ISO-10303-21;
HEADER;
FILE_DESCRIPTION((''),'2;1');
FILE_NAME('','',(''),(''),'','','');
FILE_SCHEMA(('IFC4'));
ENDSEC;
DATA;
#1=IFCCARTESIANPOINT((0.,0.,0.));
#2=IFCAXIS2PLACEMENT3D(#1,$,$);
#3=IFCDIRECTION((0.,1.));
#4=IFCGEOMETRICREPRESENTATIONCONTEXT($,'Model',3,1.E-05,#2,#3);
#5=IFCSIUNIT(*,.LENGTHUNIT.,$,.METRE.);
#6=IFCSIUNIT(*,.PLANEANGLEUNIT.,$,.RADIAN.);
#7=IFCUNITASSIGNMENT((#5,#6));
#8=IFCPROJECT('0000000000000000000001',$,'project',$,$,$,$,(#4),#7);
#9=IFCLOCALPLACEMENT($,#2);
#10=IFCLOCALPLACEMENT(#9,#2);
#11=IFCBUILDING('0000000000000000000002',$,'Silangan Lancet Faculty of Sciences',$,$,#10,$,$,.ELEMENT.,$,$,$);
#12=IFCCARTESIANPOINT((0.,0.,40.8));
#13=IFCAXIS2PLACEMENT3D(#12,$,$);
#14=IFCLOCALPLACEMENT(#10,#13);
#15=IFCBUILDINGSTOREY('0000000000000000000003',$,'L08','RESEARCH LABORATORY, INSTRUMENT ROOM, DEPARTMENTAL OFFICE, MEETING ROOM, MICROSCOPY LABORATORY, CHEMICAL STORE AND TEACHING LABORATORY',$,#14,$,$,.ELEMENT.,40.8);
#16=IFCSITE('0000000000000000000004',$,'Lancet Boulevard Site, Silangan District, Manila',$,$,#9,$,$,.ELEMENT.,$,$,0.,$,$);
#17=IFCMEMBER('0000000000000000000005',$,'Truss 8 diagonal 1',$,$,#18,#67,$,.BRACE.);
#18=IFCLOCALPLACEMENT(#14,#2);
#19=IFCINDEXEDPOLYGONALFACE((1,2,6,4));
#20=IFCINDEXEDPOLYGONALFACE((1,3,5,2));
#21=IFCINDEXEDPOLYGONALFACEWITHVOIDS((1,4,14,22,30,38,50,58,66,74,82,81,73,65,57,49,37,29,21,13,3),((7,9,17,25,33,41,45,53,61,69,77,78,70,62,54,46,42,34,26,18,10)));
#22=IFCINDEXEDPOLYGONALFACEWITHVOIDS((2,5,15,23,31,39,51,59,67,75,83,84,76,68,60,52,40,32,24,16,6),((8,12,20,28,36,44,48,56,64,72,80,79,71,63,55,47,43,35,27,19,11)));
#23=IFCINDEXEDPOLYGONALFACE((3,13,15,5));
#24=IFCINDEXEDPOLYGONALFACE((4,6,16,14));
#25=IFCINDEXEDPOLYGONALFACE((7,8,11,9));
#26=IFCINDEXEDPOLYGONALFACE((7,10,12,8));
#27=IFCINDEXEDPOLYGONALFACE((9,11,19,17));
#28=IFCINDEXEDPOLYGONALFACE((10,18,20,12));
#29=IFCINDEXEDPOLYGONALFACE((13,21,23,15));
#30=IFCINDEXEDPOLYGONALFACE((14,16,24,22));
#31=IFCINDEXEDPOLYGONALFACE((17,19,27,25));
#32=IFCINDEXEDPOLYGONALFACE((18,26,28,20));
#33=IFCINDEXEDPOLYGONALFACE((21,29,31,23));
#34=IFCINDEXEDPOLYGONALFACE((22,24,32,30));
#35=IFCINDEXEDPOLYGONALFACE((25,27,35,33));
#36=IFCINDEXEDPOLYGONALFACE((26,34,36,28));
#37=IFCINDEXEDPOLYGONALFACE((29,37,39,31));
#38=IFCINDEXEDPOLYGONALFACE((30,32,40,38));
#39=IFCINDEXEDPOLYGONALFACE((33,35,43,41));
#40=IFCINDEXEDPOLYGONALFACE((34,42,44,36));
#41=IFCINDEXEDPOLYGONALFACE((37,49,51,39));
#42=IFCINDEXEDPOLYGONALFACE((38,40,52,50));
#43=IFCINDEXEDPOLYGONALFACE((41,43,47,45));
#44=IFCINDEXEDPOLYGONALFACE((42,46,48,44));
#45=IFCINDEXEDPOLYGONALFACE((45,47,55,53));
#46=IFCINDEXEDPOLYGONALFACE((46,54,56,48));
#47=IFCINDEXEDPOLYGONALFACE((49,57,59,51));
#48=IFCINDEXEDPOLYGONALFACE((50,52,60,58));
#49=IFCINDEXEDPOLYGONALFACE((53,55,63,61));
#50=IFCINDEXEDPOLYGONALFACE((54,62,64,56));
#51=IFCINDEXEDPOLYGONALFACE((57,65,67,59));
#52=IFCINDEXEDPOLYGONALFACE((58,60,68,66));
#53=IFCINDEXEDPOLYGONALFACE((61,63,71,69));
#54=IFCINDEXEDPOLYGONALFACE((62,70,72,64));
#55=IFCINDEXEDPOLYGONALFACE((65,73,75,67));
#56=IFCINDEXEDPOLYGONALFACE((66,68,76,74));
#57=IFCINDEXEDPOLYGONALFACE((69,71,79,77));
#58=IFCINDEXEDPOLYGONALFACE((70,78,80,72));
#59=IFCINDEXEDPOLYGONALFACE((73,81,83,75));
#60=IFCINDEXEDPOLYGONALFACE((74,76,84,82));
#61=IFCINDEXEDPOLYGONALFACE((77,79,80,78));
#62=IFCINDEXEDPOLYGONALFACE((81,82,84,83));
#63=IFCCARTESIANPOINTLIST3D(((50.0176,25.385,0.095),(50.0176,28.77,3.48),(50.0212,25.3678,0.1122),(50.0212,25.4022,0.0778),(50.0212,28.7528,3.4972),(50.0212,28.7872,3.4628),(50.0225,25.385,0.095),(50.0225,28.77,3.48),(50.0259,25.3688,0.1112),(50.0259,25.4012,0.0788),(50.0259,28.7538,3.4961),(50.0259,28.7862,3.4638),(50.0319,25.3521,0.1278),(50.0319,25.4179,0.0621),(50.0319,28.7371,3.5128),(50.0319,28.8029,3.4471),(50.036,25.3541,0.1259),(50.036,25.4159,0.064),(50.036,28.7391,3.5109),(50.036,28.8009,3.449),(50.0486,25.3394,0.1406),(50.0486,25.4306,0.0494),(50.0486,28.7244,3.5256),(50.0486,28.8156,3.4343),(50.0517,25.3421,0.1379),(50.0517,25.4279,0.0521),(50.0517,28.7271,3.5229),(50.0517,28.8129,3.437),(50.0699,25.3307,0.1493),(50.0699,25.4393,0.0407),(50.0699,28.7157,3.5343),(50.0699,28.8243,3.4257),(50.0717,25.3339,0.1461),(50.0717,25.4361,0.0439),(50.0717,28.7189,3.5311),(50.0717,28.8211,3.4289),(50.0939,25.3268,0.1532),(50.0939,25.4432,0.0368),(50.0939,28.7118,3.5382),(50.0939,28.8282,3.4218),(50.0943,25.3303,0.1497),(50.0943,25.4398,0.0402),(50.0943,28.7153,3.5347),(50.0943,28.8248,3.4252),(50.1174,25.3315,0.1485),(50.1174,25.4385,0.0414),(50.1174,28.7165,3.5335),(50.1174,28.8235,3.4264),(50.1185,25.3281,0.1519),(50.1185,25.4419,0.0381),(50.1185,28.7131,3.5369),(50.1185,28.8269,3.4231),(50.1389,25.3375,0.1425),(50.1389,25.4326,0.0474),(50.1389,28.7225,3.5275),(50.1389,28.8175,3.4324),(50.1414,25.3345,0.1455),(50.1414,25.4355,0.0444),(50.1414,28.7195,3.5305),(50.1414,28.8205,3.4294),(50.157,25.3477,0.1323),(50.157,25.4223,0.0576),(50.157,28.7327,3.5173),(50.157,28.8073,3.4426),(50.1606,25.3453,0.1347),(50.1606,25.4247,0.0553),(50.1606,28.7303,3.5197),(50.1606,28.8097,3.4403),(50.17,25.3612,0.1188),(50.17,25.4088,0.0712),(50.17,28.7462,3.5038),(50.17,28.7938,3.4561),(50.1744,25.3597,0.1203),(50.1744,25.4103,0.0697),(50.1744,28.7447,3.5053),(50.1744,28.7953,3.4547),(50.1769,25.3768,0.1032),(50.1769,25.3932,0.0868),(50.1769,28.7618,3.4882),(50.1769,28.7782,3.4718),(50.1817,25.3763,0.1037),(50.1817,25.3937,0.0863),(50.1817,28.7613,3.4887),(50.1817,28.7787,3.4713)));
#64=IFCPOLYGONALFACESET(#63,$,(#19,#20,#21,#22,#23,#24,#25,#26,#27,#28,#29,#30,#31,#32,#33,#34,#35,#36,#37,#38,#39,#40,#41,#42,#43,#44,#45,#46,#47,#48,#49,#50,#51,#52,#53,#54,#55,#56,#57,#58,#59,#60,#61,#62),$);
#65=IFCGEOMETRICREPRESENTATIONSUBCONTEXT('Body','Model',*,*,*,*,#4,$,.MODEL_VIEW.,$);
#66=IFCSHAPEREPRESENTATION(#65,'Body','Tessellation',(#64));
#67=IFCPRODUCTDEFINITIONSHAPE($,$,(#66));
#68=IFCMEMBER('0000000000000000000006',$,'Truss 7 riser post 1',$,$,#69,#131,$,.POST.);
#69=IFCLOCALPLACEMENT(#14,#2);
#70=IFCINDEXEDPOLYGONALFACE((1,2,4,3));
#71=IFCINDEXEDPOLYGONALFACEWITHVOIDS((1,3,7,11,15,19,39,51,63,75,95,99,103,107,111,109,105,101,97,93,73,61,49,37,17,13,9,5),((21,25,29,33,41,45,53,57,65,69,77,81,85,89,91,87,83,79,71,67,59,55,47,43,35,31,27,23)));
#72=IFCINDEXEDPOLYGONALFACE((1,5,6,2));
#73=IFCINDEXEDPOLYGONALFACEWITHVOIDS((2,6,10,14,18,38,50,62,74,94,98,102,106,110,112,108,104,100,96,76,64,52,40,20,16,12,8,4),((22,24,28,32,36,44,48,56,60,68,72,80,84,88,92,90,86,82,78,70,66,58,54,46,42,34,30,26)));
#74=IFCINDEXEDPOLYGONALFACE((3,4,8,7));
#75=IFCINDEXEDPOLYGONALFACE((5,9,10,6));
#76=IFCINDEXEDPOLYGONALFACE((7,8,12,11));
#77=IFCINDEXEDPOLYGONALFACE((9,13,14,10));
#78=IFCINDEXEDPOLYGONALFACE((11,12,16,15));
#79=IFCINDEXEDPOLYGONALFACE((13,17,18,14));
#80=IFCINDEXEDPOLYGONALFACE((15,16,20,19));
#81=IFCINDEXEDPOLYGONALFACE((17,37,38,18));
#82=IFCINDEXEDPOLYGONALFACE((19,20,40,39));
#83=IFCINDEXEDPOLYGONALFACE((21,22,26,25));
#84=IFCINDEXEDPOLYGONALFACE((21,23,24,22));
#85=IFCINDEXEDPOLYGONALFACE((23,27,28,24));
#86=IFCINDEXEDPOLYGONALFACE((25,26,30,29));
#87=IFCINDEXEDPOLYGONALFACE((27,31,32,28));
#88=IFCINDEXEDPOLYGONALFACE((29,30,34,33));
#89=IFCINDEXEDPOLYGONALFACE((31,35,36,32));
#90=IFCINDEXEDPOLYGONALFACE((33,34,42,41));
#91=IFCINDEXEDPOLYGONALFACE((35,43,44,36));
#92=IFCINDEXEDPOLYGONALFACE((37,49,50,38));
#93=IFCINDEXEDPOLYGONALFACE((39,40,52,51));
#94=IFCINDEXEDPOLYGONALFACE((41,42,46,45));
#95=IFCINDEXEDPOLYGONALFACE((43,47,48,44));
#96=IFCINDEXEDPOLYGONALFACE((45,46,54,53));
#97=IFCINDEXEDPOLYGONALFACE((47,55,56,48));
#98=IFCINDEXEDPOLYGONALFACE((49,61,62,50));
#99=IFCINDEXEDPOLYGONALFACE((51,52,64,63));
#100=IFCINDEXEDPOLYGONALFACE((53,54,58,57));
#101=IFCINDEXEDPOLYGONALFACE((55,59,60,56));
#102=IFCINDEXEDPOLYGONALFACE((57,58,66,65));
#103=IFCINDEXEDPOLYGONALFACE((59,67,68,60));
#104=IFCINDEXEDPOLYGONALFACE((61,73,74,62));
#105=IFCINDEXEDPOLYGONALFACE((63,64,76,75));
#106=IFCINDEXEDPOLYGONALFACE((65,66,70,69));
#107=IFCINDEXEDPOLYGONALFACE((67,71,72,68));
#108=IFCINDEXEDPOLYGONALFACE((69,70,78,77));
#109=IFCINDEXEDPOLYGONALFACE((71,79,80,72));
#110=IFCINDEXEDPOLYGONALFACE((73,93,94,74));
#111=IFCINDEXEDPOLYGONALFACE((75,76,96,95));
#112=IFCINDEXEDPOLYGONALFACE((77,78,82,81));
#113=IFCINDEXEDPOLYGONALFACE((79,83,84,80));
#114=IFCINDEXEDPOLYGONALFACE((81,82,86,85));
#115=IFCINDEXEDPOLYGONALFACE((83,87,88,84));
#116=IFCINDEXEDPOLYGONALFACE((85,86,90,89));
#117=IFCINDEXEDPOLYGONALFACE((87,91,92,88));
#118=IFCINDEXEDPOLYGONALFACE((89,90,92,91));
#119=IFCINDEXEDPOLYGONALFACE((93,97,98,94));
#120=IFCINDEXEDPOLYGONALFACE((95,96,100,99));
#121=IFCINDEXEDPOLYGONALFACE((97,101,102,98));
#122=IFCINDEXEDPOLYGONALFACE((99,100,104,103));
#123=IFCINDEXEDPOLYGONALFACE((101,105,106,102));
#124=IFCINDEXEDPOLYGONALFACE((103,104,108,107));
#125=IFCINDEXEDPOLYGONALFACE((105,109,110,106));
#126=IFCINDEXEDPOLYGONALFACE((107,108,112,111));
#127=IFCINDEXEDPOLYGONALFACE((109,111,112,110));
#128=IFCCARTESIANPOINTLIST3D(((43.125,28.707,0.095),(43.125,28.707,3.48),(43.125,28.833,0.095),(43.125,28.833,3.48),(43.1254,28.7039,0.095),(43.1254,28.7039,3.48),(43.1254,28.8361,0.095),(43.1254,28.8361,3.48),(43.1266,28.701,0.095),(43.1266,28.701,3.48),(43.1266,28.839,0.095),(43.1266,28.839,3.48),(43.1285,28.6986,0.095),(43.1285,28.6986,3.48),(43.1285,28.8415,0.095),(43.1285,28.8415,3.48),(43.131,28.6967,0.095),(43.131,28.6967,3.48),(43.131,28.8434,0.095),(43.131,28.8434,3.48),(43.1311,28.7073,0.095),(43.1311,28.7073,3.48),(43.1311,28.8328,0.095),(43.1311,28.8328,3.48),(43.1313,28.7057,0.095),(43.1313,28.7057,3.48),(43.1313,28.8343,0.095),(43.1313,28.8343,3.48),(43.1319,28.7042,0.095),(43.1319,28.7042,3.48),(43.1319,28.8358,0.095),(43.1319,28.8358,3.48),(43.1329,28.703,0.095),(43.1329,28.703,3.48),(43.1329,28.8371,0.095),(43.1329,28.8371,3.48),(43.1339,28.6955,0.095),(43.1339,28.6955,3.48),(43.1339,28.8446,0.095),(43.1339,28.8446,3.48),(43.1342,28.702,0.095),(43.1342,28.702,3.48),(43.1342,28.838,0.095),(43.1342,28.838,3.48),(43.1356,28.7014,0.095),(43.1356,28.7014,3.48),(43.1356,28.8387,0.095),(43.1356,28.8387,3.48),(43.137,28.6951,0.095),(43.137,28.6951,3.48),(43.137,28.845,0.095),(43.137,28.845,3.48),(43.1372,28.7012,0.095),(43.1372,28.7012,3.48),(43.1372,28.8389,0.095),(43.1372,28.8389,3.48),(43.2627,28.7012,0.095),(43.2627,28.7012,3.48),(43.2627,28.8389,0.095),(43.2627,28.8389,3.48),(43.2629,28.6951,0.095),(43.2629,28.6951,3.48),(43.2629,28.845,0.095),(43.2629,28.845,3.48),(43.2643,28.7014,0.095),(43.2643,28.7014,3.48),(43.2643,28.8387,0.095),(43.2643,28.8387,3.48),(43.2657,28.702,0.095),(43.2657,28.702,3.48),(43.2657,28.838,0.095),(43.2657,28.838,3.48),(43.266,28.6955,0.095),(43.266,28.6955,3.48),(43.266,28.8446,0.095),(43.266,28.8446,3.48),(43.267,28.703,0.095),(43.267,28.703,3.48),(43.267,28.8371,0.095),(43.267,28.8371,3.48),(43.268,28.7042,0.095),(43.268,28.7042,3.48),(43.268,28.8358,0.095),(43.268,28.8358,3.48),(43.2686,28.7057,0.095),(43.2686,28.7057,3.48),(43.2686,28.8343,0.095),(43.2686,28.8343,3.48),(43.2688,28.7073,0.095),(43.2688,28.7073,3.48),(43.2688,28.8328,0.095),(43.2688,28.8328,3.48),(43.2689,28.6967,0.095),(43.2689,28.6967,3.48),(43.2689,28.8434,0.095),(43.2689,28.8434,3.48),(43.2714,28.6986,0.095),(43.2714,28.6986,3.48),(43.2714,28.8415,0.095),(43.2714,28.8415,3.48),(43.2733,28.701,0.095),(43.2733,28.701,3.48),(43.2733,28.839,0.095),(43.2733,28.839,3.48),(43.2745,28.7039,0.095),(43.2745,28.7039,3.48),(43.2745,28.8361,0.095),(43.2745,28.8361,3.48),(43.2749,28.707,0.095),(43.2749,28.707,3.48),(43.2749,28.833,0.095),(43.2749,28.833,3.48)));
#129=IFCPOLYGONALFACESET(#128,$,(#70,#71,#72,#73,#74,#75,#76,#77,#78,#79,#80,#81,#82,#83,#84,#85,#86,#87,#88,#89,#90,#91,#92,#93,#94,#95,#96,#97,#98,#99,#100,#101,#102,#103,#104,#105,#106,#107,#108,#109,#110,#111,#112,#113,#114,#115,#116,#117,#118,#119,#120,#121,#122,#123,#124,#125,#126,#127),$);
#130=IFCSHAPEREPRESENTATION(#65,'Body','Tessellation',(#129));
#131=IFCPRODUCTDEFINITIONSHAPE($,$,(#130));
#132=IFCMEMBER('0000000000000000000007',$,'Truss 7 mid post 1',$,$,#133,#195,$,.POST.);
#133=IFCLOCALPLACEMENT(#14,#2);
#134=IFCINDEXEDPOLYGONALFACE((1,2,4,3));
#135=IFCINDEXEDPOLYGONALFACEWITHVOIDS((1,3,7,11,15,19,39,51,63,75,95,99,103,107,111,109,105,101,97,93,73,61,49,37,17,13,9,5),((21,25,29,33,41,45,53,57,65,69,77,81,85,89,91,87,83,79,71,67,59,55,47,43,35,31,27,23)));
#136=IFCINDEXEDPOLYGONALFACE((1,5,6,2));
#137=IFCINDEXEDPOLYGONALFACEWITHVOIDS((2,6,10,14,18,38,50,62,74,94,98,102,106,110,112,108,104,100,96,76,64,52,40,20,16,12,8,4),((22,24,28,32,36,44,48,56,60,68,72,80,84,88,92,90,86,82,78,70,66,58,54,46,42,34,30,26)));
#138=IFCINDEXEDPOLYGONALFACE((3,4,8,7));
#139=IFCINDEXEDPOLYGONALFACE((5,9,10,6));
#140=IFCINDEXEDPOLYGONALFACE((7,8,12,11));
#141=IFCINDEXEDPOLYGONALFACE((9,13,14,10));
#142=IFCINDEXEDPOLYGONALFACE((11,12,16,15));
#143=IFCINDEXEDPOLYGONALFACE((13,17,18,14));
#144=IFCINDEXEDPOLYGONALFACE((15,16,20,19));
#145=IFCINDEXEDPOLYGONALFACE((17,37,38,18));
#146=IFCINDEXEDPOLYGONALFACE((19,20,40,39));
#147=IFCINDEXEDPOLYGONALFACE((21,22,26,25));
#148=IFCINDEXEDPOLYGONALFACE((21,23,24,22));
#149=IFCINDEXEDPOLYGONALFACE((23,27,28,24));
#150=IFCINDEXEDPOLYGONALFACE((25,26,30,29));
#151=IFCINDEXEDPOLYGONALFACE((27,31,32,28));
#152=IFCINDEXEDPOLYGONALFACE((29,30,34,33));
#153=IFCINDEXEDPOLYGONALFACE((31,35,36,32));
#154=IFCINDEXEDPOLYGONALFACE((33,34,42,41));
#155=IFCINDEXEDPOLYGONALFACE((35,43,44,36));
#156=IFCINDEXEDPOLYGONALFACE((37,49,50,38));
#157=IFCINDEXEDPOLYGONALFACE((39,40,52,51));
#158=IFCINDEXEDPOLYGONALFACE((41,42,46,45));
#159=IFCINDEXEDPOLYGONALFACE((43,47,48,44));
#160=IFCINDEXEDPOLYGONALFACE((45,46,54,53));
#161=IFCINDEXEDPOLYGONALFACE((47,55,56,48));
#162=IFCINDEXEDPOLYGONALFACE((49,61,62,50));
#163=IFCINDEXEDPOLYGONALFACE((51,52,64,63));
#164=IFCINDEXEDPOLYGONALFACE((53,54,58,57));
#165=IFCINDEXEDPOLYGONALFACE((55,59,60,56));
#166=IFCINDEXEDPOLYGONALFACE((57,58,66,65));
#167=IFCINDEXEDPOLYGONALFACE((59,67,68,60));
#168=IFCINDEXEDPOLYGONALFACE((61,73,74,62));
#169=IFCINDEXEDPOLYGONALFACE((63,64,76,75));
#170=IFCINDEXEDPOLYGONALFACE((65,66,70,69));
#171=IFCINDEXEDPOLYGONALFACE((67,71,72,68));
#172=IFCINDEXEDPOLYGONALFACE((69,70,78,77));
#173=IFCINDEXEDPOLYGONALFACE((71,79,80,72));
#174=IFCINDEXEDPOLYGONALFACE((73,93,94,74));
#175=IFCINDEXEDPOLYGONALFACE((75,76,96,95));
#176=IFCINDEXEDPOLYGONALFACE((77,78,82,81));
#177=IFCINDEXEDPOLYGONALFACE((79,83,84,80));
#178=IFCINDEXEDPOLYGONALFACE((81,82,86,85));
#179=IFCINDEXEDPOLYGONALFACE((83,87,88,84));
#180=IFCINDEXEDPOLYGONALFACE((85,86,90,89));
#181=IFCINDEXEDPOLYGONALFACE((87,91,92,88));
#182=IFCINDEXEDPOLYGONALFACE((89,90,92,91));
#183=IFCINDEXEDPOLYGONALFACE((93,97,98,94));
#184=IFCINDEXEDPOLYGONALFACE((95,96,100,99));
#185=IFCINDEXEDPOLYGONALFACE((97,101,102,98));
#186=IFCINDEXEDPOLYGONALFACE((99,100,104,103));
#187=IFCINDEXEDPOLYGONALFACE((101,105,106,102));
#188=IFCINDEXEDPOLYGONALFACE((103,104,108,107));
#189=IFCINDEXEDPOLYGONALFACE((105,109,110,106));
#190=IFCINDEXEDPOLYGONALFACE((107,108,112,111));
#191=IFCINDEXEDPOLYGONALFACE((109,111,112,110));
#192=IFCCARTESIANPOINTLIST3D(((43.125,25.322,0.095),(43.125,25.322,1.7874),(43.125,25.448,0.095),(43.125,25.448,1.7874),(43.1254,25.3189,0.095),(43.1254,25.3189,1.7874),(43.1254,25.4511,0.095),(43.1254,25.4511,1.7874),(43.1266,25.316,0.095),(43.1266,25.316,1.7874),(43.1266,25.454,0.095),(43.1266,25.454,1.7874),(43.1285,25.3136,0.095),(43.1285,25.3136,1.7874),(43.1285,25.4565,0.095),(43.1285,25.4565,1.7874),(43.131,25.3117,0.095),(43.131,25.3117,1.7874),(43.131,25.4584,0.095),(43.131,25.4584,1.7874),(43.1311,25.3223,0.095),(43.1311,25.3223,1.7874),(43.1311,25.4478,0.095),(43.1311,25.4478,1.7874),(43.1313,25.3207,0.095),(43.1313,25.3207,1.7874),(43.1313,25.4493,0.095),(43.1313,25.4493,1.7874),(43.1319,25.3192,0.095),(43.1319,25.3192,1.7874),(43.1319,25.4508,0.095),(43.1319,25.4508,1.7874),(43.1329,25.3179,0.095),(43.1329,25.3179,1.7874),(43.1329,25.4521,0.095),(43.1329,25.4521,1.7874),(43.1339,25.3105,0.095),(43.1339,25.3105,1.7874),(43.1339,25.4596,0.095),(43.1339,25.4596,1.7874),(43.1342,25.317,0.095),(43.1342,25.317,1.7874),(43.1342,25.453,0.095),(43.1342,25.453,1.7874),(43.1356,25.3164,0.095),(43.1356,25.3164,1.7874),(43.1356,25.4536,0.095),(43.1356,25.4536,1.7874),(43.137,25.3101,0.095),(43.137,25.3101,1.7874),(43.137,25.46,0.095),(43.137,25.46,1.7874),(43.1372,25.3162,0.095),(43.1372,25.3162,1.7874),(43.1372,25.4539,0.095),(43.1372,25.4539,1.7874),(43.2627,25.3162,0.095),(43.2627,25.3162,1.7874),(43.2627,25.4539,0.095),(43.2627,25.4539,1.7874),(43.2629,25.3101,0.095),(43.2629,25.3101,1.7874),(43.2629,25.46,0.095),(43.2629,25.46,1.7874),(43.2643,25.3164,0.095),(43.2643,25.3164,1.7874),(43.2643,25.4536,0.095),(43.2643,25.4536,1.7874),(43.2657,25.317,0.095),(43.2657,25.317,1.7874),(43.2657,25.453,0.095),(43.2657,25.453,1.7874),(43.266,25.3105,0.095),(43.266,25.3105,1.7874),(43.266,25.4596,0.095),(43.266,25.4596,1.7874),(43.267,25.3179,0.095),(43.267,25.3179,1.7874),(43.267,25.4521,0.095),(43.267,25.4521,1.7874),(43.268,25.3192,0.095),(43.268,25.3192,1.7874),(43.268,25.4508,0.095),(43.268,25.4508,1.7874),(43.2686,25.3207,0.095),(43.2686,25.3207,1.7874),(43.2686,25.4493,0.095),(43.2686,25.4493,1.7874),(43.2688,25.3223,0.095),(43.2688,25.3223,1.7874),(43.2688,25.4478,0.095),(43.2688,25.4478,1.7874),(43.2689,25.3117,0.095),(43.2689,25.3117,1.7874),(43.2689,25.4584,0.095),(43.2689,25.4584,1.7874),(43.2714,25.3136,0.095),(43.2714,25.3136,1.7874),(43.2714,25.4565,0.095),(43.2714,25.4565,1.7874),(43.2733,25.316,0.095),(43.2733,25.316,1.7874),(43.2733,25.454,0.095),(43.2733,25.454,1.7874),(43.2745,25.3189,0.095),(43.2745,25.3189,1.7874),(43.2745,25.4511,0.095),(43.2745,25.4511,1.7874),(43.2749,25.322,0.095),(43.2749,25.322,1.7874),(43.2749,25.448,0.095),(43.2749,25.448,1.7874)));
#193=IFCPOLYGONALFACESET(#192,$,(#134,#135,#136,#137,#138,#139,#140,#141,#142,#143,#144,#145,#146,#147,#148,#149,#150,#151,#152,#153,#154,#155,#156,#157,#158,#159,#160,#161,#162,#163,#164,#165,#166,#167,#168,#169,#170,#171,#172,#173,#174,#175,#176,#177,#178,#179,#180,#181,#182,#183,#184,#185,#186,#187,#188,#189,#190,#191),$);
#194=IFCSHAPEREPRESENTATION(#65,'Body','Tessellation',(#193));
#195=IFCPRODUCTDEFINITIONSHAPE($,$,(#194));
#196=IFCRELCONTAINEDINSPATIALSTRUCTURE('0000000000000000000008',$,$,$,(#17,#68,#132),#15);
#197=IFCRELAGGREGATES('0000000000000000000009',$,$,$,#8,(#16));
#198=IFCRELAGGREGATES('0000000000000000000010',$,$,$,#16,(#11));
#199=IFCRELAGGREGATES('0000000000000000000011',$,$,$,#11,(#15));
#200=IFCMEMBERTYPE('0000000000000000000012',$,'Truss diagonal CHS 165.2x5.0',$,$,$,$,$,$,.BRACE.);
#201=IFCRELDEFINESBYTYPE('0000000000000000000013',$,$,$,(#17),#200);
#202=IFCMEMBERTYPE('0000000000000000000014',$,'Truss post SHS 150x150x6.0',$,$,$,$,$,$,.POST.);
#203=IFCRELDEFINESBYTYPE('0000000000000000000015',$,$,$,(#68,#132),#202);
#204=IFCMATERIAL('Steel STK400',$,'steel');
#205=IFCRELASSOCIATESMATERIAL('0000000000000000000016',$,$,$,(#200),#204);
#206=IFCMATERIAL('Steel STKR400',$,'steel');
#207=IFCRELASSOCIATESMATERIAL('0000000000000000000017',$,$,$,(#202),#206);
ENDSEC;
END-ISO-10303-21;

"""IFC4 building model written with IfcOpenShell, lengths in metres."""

from ifc_helpers import new_model, si_unit, direction, frame, origin, origin_2d, place, context, subcontext, project, spatial, hollow_rectangle, hollow_circle, extrude, material, material_profile, profile_set, type_object, element, save


model = new_model("IFC4")

# Units and contexts
model_context = context("Model", 3, precision=1e-05, world=origin(), true_north=direction((0.0, 1.0)))
body_context = subcontext(model_context, "Body", "Model", "MODEL_VIEW")
ifc_project = project(units=[si_unit("LENGTHUNIT", "METRE"), si_unit("PLANEANGLEUNIT", "RADIAN")], contexts=[model_context])

# Site, building, storey
site_placement = place(None, origin())
site = spatial("IfcSite", under=ifc_project, at=site_placement, Name="Lancet Boulevard Site, Silangan District, Manila", CompositionType="ELEMENT", RefElevation=0.0)
building_placement = place(site_placement, origin())
building = spatial("IfcBuilding", under=site, at=building_placement, Name="Silangan Lancet Faculty of Sciences", CompositionType="ELEMENT")
storey_placement = place(building_placement, frame((0.0, 0.0, 40.8)))
storey = spatial("IfcBuildingStorey", under=building, at=storey_placement, Name="L08", Description="RESEARCH LABORATORY, INSTRUMENT ROOM, DEPARTMENTAL OFFICE, MEETING ROOM, MICROSCOPY LABORATORY, CHEMICAL STORE AND TEACHING LABORATORY", CompositionType="ELEMENT", Elevation=40.8)

# Members
ifc_material_1 = material(Name="Steel STK400", Category="steel")
ifc_material_profile_1 = material_profile(ifc_material_1, hollow_circle(Radius=0.0825, WallThickness=0.0049, at=origin_2d()), Name="CHS 165.2x5.0")
ifc_profile_set_1 = profile_set([ifc_material_profile_1], Name="Steel STK400")
member_type_1 = type_object("IfcMemberType", Name="Truss diagonal CHS 165.2x5.0", PredefinedType="BRACE", material=ifc_profile_set_1)
for number, where, z_axis, x_axis, name in (
    (1, (50.1001, 25.385, 0.095), (0.0, 0.707107, 0.707107), (-1.0, 0.0, 0.0), "Truss 8 diagonal 1"),
):
    element("IfcMember", number, at=place(storey_placement, frame(where, z_axis=z_axis, x_axis=x_axis)), inside=storey, type_object=member_type_1, Name=name, PredefinedType="BRACE", context=body_context, shape_type="SweptSolid", body=[
        extrude(hollow_circle(Radius=0.0825, WallThickness=0.0049, at=origin_2d()), origin(), (0.0, 0.0, 1.0), 4.7871),
    ])
ifc_material_2 = material(Name="Steel STKR400", Category="steel")
ifc_material_profile_2 = material_profile(ifc_material_2, hollow_rectangle(XDim=0.1499, YDim=0.1499, WallThickness=0.0061, InnerFilletRadius=0.0061, OuterFilletRadius=0.012, at=origin_2d()), Name="SHS 150x150x6.0")
ifc_profile_set_2 = profile_set([ifc_material_profile_2], Name="Steel STKR400")
member_type_2 = type_object("IfcMemberType", Name="Truss post SHS 150x150x6.0", PredefinedType="POST", material=ifc_profile_set_2)
member_1_placement = place(storey_placement, frame((43.2, 28.77, 0.095), z_axis=(0.0, 0.0, 1.0), x_axis=(1.0, 0.0, 0.0)))
element("IfcMember", 2, at=member_1_placement, inside=storey, type_object=member_type_2, Name="Truss 7 riser post 1", PredefinedType="POST", context=body_context, shape_type="SweptSolid", body=[
    extrude(hollow_rectangle(XDim=0.1499, YDim=0.1499, WallThickness=0.0061, InnerFilletRadius=0.0061, OuterFilletRadius=0.012, at=origin_2d()), origin(), (0.0, 0.0, 1.0), 3.385),
])
member_2_placement = place(storey_placement, frame((43.2, 25.385, 0.095), z_axis=(0.0, 0.0, 1.0), x_axis=(1.0, 0.0, 0.0)))
element("IfcMember", 3, at=member_2_placement, inside=storey, type_object=member_type_2, Name="Truss 7 mid post 1", PredefinedType="POST", context=body_context, shape_type="SweptSolid", body=[
    extrude(hollow_rectangle(XDim=0.1499, YDim=0.1499, WallThickness=0.0061, InnerFilletRadius=0.0061, OuterFilletRadius=0.012, at=origin_2d()), origin(), (0.0, 0.0, 1.0), 1.6924),
])

save(model, "model.ifc")
